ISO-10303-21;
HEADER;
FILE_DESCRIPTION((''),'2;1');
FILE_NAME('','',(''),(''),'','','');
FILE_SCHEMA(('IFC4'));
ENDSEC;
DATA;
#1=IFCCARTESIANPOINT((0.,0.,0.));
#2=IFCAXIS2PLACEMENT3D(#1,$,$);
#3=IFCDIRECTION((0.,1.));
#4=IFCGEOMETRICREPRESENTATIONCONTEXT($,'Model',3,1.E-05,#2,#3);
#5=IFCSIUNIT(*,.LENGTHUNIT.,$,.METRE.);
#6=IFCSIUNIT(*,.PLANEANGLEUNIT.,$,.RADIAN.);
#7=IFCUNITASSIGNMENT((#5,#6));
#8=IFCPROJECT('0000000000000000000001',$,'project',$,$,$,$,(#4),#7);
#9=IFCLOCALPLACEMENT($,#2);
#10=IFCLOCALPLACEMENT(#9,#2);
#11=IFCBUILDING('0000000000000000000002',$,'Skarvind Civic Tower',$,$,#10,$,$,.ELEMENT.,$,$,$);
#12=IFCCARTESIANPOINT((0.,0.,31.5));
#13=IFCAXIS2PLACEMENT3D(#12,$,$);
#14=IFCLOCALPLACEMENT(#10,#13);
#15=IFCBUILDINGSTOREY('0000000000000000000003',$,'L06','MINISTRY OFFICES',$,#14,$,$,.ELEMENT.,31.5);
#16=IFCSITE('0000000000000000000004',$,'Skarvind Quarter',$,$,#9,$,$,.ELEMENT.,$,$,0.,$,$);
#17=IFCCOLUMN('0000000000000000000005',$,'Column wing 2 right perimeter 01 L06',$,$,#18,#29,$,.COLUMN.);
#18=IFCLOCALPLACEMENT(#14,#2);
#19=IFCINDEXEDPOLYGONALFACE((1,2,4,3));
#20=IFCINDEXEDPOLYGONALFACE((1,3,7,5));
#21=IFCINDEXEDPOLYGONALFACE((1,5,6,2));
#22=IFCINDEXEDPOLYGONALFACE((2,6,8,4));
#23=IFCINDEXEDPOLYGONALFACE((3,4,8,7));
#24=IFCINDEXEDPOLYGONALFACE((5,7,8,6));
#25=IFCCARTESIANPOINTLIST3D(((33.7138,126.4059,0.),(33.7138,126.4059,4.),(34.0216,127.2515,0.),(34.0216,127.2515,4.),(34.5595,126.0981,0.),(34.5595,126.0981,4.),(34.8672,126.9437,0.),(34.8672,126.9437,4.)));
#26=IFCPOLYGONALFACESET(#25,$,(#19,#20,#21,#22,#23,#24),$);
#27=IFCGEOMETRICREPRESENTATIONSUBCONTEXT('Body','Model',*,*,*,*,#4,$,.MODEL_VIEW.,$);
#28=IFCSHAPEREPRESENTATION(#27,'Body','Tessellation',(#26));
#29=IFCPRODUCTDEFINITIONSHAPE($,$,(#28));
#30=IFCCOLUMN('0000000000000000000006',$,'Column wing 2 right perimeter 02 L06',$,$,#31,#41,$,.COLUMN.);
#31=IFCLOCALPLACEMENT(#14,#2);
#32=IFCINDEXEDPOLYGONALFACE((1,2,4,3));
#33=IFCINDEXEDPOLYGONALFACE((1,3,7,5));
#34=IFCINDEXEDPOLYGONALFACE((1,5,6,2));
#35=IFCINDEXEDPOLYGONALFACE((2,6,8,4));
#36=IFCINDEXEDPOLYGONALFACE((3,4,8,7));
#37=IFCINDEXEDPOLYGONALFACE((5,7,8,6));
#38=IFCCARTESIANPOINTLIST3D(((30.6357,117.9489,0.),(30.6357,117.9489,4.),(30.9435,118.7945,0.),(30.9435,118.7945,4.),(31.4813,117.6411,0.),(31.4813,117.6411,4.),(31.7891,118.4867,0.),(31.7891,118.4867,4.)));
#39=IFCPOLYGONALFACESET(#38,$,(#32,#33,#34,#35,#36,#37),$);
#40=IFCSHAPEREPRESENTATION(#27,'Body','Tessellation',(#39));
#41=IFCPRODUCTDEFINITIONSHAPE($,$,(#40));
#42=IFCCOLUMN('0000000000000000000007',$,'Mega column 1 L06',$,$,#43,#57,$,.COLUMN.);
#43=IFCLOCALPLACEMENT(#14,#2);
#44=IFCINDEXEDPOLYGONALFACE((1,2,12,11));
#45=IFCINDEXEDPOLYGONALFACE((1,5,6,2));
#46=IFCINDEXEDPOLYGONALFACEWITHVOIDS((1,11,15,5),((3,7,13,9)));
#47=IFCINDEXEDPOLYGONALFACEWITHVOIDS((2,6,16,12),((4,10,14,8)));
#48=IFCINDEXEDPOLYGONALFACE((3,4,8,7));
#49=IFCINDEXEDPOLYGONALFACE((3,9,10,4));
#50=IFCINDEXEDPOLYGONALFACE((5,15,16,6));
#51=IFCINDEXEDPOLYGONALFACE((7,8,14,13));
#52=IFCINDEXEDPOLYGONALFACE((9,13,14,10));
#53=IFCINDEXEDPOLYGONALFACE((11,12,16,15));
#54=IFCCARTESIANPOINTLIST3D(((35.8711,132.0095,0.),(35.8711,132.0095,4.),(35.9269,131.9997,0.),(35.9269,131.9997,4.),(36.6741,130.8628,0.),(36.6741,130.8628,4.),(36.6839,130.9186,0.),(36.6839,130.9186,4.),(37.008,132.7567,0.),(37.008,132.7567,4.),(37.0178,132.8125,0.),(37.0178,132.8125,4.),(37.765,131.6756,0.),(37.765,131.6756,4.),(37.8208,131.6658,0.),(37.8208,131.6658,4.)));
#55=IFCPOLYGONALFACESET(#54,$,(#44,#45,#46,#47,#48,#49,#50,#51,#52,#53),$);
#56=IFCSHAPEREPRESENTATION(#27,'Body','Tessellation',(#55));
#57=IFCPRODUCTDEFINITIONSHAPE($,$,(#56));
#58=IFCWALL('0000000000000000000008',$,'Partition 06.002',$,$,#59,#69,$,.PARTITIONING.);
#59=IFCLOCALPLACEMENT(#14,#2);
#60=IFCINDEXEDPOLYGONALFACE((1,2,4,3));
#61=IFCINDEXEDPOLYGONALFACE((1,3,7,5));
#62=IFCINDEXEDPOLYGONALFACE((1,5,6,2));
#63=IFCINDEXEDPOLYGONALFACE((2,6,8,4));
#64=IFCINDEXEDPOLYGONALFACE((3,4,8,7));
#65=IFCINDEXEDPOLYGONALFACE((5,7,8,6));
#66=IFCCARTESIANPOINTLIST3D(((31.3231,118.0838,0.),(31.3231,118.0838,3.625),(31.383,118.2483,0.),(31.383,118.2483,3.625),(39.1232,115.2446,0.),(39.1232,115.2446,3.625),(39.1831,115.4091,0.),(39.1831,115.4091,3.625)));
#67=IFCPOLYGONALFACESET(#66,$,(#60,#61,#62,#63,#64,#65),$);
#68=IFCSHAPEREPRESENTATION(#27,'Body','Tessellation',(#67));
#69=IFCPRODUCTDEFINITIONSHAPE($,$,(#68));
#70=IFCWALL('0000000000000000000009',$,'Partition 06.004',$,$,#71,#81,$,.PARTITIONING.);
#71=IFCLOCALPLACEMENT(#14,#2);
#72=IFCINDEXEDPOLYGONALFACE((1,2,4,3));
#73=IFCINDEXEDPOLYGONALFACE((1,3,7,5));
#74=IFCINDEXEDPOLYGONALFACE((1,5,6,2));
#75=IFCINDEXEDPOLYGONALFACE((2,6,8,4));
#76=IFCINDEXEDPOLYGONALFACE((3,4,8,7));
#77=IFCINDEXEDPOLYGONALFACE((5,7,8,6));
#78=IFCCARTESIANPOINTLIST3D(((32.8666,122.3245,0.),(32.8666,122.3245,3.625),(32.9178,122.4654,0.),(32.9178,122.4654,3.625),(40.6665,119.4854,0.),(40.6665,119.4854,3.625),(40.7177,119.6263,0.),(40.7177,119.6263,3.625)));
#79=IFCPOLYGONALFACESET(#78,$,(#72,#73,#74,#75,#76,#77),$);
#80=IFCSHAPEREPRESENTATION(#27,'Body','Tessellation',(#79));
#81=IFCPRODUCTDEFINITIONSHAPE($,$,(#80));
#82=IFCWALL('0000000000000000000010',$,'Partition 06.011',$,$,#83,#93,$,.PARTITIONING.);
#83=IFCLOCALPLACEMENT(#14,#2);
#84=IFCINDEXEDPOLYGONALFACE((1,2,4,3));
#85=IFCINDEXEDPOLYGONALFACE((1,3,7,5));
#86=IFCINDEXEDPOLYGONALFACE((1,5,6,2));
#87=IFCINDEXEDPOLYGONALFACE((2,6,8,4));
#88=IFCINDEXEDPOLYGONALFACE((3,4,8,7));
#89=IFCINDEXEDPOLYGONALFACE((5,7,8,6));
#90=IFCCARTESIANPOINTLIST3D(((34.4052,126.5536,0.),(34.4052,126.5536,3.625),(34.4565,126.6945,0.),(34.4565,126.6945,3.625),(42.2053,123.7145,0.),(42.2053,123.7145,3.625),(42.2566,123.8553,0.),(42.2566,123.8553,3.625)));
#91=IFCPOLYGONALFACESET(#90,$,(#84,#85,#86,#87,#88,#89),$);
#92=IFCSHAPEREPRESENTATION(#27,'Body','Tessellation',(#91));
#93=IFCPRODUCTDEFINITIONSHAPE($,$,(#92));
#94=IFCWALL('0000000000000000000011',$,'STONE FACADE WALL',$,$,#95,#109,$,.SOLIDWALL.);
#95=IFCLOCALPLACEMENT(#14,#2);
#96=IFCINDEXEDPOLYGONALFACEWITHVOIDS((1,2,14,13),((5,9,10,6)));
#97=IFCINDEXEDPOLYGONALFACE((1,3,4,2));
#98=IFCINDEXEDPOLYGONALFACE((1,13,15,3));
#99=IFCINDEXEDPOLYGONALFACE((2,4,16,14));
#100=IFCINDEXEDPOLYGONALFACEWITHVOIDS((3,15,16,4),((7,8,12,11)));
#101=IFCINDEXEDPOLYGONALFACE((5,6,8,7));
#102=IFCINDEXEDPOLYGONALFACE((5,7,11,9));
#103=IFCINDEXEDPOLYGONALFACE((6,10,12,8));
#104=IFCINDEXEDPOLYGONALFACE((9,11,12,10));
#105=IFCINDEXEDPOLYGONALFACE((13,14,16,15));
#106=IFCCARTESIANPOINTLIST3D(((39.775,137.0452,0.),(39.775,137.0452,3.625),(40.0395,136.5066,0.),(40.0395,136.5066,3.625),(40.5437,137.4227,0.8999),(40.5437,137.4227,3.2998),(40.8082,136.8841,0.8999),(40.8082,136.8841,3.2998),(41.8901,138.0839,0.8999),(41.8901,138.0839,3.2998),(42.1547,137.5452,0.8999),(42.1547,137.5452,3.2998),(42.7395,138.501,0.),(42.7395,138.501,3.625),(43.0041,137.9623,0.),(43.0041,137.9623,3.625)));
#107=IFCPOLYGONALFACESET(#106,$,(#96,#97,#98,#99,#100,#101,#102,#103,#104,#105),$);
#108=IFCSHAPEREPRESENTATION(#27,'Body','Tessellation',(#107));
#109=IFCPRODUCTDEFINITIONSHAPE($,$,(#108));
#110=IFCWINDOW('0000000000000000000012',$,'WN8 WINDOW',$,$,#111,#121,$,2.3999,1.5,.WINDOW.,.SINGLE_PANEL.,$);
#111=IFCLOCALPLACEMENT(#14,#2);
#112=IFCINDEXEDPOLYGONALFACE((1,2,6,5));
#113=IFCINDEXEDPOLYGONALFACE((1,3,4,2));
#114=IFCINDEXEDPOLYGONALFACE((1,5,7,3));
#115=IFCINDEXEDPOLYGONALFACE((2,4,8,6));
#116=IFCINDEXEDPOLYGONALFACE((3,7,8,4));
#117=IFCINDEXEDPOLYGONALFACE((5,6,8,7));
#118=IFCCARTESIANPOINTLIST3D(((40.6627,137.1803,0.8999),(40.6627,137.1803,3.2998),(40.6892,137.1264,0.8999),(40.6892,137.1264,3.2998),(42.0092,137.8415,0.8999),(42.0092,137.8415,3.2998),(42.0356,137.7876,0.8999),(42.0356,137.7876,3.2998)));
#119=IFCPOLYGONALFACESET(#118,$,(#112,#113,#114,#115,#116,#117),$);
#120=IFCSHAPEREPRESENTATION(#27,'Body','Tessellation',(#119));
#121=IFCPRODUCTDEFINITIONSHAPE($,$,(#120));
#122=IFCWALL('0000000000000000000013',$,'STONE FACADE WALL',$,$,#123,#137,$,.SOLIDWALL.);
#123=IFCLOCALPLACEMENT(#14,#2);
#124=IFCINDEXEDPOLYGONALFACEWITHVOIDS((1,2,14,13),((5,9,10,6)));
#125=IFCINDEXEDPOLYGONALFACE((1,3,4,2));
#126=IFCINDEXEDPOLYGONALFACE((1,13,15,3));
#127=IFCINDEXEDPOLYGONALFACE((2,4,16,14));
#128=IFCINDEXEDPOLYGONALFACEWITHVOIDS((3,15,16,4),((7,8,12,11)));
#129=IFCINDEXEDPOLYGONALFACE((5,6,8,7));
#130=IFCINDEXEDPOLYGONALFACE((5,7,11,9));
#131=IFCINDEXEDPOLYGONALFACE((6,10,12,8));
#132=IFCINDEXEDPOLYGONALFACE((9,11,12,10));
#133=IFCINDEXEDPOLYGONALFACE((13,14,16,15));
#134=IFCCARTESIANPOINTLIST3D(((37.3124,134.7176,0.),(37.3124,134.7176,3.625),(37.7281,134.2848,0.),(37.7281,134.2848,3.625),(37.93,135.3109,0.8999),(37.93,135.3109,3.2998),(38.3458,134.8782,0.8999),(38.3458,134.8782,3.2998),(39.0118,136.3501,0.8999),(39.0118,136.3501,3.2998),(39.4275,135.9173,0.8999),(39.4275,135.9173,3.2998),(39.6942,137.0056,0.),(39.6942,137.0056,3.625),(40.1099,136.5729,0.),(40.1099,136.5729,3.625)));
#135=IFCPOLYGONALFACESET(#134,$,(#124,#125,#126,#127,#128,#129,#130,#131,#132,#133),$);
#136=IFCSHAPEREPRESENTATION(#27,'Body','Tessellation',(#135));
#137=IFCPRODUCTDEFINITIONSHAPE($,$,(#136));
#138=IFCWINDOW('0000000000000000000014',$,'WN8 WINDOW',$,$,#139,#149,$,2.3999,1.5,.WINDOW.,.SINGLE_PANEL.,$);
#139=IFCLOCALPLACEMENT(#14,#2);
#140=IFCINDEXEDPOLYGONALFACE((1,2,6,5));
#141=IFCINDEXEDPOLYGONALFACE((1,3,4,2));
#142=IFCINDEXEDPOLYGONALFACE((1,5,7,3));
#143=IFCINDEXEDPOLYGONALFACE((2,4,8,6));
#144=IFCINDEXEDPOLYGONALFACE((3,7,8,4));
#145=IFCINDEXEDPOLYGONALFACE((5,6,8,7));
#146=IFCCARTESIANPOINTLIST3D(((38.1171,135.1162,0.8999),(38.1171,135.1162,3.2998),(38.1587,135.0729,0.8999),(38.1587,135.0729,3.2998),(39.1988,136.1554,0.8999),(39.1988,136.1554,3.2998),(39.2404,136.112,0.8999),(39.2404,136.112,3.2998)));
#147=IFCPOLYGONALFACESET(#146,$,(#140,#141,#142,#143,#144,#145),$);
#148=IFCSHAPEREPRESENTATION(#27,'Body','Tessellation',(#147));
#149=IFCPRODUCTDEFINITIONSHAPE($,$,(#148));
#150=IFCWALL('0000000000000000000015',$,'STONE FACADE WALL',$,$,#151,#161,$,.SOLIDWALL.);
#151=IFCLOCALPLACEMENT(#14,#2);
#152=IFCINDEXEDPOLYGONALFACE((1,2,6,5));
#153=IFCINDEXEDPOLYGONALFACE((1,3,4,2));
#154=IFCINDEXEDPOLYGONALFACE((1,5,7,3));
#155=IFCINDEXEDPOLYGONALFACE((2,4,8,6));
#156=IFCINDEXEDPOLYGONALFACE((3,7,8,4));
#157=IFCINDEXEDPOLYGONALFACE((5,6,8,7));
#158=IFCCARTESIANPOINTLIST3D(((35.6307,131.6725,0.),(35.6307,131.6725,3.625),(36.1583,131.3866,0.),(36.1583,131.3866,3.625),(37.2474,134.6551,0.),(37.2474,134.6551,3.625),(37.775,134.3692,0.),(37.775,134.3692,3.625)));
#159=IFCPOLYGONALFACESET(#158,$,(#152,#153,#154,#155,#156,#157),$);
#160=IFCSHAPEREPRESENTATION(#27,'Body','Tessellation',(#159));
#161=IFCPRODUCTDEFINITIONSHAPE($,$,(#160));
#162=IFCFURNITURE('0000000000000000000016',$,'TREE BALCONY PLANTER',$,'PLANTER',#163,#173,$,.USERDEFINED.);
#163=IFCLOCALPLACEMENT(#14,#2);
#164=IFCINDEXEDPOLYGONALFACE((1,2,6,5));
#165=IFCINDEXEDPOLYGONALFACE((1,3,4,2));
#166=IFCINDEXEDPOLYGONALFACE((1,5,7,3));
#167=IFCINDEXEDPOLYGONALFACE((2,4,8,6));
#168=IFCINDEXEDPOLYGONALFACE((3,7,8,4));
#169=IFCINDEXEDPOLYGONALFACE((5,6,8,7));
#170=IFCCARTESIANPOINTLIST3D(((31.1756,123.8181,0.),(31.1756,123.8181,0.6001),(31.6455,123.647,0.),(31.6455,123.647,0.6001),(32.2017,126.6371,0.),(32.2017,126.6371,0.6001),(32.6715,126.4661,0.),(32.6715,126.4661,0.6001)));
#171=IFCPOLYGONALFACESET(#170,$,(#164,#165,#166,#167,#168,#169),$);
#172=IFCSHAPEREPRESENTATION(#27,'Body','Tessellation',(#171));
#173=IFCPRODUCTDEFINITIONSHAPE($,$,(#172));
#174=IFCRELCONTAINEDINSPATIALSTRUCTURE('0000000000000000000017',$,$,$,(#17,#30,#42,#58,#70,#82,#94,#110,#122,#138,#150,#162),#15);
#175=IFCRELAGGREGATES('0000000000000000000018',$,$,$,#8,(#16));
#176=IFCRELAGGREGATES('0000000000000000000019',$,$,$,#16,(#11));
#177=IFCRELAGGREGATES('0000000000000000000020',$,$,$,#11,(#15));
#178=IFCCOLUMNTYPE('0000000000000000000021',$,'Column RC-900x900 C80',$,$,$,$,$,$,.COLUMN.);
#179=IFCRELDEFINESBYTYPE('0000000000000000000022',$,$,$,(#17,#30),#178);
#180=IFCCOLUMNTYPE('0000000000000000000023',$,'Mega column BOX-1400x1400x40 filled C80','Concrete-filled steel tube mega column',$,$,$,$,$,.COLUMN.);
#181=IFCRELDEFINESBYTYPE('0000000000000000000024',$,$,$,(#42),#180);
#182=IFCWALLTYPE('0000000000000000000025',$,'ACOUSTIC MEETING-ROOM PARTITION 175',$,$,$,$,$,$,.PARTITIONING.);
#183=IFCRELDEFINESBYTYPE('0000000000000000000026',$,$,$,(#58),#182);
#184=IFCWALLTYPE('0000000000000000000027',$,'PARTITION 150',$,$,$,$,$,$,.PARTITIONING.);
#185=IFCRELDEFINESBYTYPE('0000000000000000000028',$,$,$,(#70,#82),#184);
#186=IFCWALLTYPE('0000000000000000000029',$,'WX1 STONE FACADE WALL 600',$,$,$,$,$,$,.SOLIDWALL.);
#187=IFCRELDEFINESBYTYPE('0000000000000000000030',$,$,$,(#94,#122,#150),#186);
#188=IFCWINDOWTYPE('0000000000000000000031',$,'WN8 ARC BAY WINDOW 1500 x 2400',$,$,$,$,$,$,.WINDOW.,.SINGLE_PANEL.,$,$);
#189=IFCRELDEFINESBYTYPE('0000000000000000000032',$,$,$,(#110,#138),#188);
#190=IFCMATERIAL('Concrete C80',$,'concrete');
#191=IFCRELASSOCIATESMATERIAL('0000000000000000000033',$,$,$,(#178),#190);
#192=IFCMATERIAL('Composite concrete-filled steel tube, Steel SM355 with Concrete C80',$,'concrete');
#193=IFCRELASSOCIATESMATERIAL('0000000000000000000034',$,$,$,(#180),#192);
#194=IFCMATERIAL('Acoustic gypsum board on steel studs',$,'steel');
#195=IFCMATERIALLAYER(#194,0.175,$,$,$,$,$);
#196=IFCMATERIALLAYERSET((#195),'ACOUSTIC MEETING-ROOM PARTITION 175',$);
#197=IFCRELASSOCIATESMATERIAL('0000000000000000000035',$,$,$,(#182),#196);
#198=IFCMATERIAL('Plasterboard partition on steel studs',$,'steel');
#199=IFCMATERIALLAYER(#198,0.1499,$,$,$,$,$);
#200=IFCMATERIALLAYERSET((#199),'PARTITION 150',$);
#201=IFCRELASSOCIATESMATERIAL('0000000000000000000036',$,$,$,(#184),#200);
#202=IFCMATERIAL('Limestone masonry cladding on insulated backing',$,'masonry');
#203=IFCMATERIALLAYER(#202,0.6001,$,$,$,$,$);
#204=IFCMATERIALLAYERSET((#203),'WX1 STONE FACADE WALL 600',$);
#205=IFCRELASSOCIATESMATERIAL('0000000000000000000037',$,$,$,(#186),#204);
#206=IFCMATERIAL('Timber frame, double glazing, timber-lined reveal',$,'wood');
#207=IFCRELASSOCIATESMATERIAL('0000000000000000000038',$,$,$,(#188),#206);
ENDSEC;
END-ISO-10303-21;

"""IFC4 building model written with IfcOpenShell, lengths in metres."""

from ifc_helpers import new_model, si_unit, direction, frame, frame_2d, origin, origin_2d, place, context, subcontext, project, spatial, rectangle, hollow_rectangle, extrude, material, layer, layer_set, material_profile, profile_set, type_object, element, fill, save


model = new_model("IFC4")

# Units and contexts
model_context = context("Model", 3, precision=1e-05, world=origin(), true_north=direction((0.0, 1.0)))
body_context = subcontext(model_context, "Body", "Model", "MODEL_VIEW")
ifc_project = project(units=[si_unit("LENGTHUNIT", "METRE"), si_unit("PLANEANGLEUNIT", "RADIAN")], contexts=[model_context])

# Site, building, storey
site_placement = place(None, origin())
site = spatial("IfcSite", under=ifc_project, at=site_placement, Name="Skarvind Quarter", CompositionType="ELEMENT", RefElevation=0.0)
building_placement = place(site_placement, origin())
building = spatial("IfcBuilding", under=site, at=building_placement, Name="Skarvind Civic Tower", CompositionType="ELEMENT")
storey_placement = place(building_placement, frame((0.0, 0.0, 31.5)))
storey = spatial("IfcBuildingStorey", under=building, at=storey_placement, Name="L06", Description="MINISTRY OFFICES", CompositionType="ELEMENT", Elevation=31.5)

# Columns
ifc_material_1 = material(Name="Concrete C80", Category="concrete")
ifc_material_profile_1 = material_profile(ifc_material_1, rectangle(XDim=0.8999, YDim=0.8999, at=origin_2d()), Name="RC-900x900")
ifc_profile_set_1 = profile_set([ifc_material_profile_1], Name="Concrete C80")
column_type_1 = type_object("IfcColumnType", Name="Column RC-900x900 C80", PredefinedType="COLUMN", material=ifc_profile_set_1)
for number, where, z_axis, x_axis, name in (
    (1, (34.2905, 126.6748, 0.0), (0.0, 0.0, 1.0), (-0.34202, -0.939693, 0.0), "Column wing 2 right perimeter 01 L06"),
    (2, (31.2124, 118.2178, 0.0), (0.0, 0.0, 1.0), (-0.34202, -0.939693, 0.0), "Column wing 2 right perimeter 02 L06"),
):
    element("IfcColumn", number, at=place(storey_placement, frame(where, z_axis=z_axis, x_axis=x_axis)), inside=storey, type_object=column_type_1, Name=name, PredefinedType="COLUMN", context=body_context, shape_type="SweptSolid", body=[
        extrude(rectangle(XDim=0.8999, YDim=0.8999, at=origin_2d()), origin(), (0.0, 0.0, 1.0), 4.0),
    ])
ifc_material_2 = material(Name="Composite concrete-filled steel tube, Steel SM355 with Concrete C80", Category="concrete")
ifc_material_profile_2 = material_profile(ifc_material_2, hollow_rectangle(XDim=1.3999, YDim=1.3999, WallThickness=0.04, at=origin_2d()), Name="BOX-1400x1400x40")
ifc_profile_set_2 = profile_set([ifc_material_profile_2], Name="Composite concrete-filled steel tube, Steel SM355 with Concrete C80")
column_type_2 = type_object("IfcColumnType", Name="Mega column BOX-1400x1400x40 filled C80", Description="Concrete-filled steel tube mega column", PredefinedType="COLUMN", material=ifc_profile_set_2)
column_placement = place(storey_placement, frame((36.8459, 131.8376, 0.0), z_axis=(0.0, 0.0, 1.0), x_axis=(0.573576, -0.819152, 0.0)))
element("IfcColumn", 3, at=column_placement, inside=storey, type_object=column_type_2, Name="Mega column 1 L06", PredefinedType="COLUMN", context=body_context, shape_type="SweptSolid", body=[
    extrude(hollow_rectangle(XDim=1.3999, YDim=1.3999, WallThickness=0.04, at=origin_2d()), origin(), (0.0, 0.0, 1.0), 4.0),
])

# Walls
ifc_material_3 = material(Name="Acoustic gypsum board on steel studs", Category="steel")
ifc_layer_1 = layer(ifc_material_3, 0.175)
ifc_layer_set_1 = layer_set([ifc_layer_1], Name="ACOUSTIC MEETING-ROOM PARTITION 175")
wall_type_1 = type_object("IfcWallType", Name="ACOUSTIC MEETING-ROOM PARTITION 175", PredefinedType="PARTITIONING", material=ifc_layer_set_1)
wall_1_placement = place(storey_placement, frame((31.353, 118.166, 0.0), z_axis=(0.0, 0.0, 1.0), x_axis=(0.939688, -0.342034, 0.0)))
element("IfcWall", 4, at=wall_1_placement, inside=storey, type_object=wall_type_1, Name="Partition 06.002", PredefinedType="PARTITIONING", context=body_context, shape_type="SweptSolid", body=[
    extrude(rectangle(XDim=8.3008, YDim=0.175, at=frame_2d((4.1504, 0.0))), origin(), (0.0, 0.0, 1.0), 3.625),
])
ifc_material_4 = material(Name="Plasterboard partition on steel studs", Category="steel")
ifc_layer_2 = layer(ifc_material_4, 0.1499)
ifc_layer_set_2 = layer_set([ifc_layer_2], Name="PARTITION 150")
wall_type_2 = type_object("IfcWallType", Name="PARTITION 150", PredefinedType="PARTITIONING", material=ifc_layer_set_2)
wall_2_placement = place(storey_placement, frame((32.8921, 122.395, 0.0), z_axis=(0.0, 0.0, 1.0), x_axis=(0.939684, -0.342043, 0.0)))
element("IfcWall", 5, at=wall_2_placement, inside=storey, type_object=wall_type_2, Name="Partition 06.004", PredefinedType="PARTITIONING", context=body_context, shape_type="SweptSolid", body=[
    extrude(rectangle(XDim=8.3005, YDim=0.1499, at=frame_2d((4.1504, 0.0))), origin(), (0.0, 0.0, 1.0), 3.625),
])
wall_3_placement = place(storey_placement, frame((42.231, 123.7849, 0.0), z_axis=(0.0, 0.0, 1.0), x_axis=(-0.939688, 0.342034, 0.0)))
element("IfcWall", 6, at=wall_3_placement, inside=storey, type_object=wall_type_2, Name="Partition 06.011", PredefinedType="PARTITIONING", context=body_context, shape_type="SweptSolid", body=[
    extrude(rectangle(XDim=8.3008, YDim=0.1499, at=frame_2d((4.1504, 0.0))), origin(), (0.0, 0.0, 1.0), 3.625),
])

# Walls, openings, windows
ifc_material_5 = material(Name="Limestone masonry cladding on insulated backing", Category="masonry")
ifc_layer_3 = layer(ifc_material_5, 0.6001)
ifc_layer_set_3 = layer_set([ifc_layer_3], Name="WX1 STONE FACADE WALL 600")
wall_type_3 = type_object("IfcWallType", Name="WX1 STONE FACADE WALL 600", PredefinedType="SOLIDWALL", material=ifc_layer_set_3)
wall_4_placement = place(storey_placement, frame((39.9072, 136.7759, 0.0), z_axis=(0.0, 0.0, 1.0), x_axis=(0.897612, 0.440786, 0.0)))
wall_4 = element("IfcWall", 7, at=wall_4_placement, inside=storey, type_object=wall_type_3, Name="STONE FACADE WALL", PredefinedType="SOLIDWALL", context=body_context, shape_type="SweptSolid", body=[
    extrude(rectangle(XDim=3.3027, YDim=0.6001, at=frame_2d((1.6514, 0.0))), origin(), (0.0, 0.0, 1.0), 3.625),
])
opening_1_placement = place(wall_4_placement, frame((0.8564, 0.0, 0.8999)))
opening_1 = element("IfcOpeningElement", 8, at=opening_1_placement, cuts=wall_4, PredefinedType="OPENING", context=body_context, shape_type="SweptSolid", body=[
    extrude(rectangle(XDim=1.5, YDim=2.3999, at=frame_2d((0.75, 1.2))), frame((0.0, 0.3101, 0.0), z_axis=(0.0, -1.0, 0.0), x_axis=(1.0, 0.0, 0.0)), (0.0, 0.0, 1.0), 0.6201),
])
ifc_material_6 = material(Name="Timber frame, double glazing, timber-lined reveal", Category="wood")
window_type = type_object("IfcWindowType", Name="WN8 ARC BAY WINDOW 1500 x 2400", PartitioningType="SINGLE_PANEL", PredefinedType="WINDOW", material=ifc_material_6)
window_1_placement = place(opening_1_placement, origin())
window_1 = element("IfcWindow", 9, at=window_1_placement, inside=storey, type_object=window_type, Name="WN8 WINDOW", OverallHeight=2.3999, OverallWidth=1.5, PartitioningType="SINGLE_PANEL", PredefinedType="WINDOW", context=body_context, shape_type="SweptSolid", body=[
    extrude(rectangle(XDim=1.5, YDim=2.3999, at=frame_2d((0.75, 1.2))), frame((0.0, 0.03, 0.0), z_axis=(0.0, -1.0, 0.0), x_axis=(1.0, 0.0, 0.0)), (0.0, 0.0, 1.0), 0.0601),
])
fill(opening_1, window_1)
wall_5_placement = place(storey_placement, frame((37.5203, 134.5012, 0.0), z_axis=(0.0, 0.0, 1.0), x_axis=(0.721157, 0.692772, 0.0)))
wall_5 = element("IfcWall", 10, at=wall_5_placement, inside=storey, type_object=wall_type_3, Name="STONE FACADE WALL", PredefinedType="SOLIDWALL", context=body_context, shape_type="SweptSolid", body=[
    extrude(rectangle(XDim=3.3027, YDim=0.6001, at=frame_2d((1.6514, 0.0))), origin(), (0.0, 0.0, 1.0), 3.625),
])
opening_2_placement = place(wall_5_placement, frame((0.8564, 0.0, 0.8999)))
opening_2 = element("IfcOpeningElement", 11, at=opening_2_placement, cuts=wall_5, PredefinedType="OPENING", context=body_context, shape_type="SweptSolid", body=[
    extrude(rectangle(XDim=1.5, YDim=2.3999, at=frame_2d((0.75, 1.2))), frame((0.0, 0.3101, 0.0), z_axis=(0.0, -1.0, 0.0), x_axis=(1.0, 0.0, 0.0)), (0.0, 0.0, 1.0), 0.6201),
])
window_2_placement = place(opening_2_placement, origin())
window_2 = element("IfcWindow", 12, at=window_2_placement, inside=storey, type_object=window_type, Name="WN8 WINDOW", OverallHeight=2.3999, OverallWidth=1.5, PartitioningType="SINGLE_PANEL", PredefinedType="WINDOW", context=body_context, shape_type="SweptSolid", body=[
    extrude(rectangle(XDim=1.5, YDim=2.3999, at=frame_2d((0.75, 1.2))), frame((0.0, 0.03, 0.0), z_axis=(0.0, -1.0, 0.0), x_axis=(1.0, 0.0, 0.0)), (0.0, 0.0, 1.0), 0.0601),
])
fill(opening_2, window_2)

# Wall
wall_6_placement = place(storey_placement, frame((35.8945, 131.5295, 0.0), z_axis=(0.0, 0.0, 1.0), x_axis=(0.476531, 0.879158, 0.0)))
element("IfcWall", 13, at=wall_6_placement, inside=storey, type_object=wall_type_3, Name="STONE FACADE WALL", PredefinedType="SOLIDWALL", context=body_context, shape_type="SweptSolid", body=[
    extrude(rectangle(XDim=3.3926, YDim=0.6001, at=frame_2d((1.6963, 0.0))), origin(), (0.0, 0.0, 1.0), 3.625),
])

# Furniture
furniture_placement = place(storey_placement, frame((31.9236, 125.1421, 0.0), z_axis=(0.0, 0.0, 1.0), x_axis=(0.34202, 0.939693, 0.0)))
element("IfcFurniture", 14, at=furniture_placement, inside=storey, Name="TREE BALCONY PLANTER", ObjectType="PLANTER", PredefinedType="USERDEFINED", context=body_context, shape_type="SweptSolid", body=[
    extrude(rectangle(XDim=3.0, YDim=0.5, at=origin_2d()), origin(), (0.0, 0.0, 1.0), 0.6001),
])

save(model, "model.ifc")
